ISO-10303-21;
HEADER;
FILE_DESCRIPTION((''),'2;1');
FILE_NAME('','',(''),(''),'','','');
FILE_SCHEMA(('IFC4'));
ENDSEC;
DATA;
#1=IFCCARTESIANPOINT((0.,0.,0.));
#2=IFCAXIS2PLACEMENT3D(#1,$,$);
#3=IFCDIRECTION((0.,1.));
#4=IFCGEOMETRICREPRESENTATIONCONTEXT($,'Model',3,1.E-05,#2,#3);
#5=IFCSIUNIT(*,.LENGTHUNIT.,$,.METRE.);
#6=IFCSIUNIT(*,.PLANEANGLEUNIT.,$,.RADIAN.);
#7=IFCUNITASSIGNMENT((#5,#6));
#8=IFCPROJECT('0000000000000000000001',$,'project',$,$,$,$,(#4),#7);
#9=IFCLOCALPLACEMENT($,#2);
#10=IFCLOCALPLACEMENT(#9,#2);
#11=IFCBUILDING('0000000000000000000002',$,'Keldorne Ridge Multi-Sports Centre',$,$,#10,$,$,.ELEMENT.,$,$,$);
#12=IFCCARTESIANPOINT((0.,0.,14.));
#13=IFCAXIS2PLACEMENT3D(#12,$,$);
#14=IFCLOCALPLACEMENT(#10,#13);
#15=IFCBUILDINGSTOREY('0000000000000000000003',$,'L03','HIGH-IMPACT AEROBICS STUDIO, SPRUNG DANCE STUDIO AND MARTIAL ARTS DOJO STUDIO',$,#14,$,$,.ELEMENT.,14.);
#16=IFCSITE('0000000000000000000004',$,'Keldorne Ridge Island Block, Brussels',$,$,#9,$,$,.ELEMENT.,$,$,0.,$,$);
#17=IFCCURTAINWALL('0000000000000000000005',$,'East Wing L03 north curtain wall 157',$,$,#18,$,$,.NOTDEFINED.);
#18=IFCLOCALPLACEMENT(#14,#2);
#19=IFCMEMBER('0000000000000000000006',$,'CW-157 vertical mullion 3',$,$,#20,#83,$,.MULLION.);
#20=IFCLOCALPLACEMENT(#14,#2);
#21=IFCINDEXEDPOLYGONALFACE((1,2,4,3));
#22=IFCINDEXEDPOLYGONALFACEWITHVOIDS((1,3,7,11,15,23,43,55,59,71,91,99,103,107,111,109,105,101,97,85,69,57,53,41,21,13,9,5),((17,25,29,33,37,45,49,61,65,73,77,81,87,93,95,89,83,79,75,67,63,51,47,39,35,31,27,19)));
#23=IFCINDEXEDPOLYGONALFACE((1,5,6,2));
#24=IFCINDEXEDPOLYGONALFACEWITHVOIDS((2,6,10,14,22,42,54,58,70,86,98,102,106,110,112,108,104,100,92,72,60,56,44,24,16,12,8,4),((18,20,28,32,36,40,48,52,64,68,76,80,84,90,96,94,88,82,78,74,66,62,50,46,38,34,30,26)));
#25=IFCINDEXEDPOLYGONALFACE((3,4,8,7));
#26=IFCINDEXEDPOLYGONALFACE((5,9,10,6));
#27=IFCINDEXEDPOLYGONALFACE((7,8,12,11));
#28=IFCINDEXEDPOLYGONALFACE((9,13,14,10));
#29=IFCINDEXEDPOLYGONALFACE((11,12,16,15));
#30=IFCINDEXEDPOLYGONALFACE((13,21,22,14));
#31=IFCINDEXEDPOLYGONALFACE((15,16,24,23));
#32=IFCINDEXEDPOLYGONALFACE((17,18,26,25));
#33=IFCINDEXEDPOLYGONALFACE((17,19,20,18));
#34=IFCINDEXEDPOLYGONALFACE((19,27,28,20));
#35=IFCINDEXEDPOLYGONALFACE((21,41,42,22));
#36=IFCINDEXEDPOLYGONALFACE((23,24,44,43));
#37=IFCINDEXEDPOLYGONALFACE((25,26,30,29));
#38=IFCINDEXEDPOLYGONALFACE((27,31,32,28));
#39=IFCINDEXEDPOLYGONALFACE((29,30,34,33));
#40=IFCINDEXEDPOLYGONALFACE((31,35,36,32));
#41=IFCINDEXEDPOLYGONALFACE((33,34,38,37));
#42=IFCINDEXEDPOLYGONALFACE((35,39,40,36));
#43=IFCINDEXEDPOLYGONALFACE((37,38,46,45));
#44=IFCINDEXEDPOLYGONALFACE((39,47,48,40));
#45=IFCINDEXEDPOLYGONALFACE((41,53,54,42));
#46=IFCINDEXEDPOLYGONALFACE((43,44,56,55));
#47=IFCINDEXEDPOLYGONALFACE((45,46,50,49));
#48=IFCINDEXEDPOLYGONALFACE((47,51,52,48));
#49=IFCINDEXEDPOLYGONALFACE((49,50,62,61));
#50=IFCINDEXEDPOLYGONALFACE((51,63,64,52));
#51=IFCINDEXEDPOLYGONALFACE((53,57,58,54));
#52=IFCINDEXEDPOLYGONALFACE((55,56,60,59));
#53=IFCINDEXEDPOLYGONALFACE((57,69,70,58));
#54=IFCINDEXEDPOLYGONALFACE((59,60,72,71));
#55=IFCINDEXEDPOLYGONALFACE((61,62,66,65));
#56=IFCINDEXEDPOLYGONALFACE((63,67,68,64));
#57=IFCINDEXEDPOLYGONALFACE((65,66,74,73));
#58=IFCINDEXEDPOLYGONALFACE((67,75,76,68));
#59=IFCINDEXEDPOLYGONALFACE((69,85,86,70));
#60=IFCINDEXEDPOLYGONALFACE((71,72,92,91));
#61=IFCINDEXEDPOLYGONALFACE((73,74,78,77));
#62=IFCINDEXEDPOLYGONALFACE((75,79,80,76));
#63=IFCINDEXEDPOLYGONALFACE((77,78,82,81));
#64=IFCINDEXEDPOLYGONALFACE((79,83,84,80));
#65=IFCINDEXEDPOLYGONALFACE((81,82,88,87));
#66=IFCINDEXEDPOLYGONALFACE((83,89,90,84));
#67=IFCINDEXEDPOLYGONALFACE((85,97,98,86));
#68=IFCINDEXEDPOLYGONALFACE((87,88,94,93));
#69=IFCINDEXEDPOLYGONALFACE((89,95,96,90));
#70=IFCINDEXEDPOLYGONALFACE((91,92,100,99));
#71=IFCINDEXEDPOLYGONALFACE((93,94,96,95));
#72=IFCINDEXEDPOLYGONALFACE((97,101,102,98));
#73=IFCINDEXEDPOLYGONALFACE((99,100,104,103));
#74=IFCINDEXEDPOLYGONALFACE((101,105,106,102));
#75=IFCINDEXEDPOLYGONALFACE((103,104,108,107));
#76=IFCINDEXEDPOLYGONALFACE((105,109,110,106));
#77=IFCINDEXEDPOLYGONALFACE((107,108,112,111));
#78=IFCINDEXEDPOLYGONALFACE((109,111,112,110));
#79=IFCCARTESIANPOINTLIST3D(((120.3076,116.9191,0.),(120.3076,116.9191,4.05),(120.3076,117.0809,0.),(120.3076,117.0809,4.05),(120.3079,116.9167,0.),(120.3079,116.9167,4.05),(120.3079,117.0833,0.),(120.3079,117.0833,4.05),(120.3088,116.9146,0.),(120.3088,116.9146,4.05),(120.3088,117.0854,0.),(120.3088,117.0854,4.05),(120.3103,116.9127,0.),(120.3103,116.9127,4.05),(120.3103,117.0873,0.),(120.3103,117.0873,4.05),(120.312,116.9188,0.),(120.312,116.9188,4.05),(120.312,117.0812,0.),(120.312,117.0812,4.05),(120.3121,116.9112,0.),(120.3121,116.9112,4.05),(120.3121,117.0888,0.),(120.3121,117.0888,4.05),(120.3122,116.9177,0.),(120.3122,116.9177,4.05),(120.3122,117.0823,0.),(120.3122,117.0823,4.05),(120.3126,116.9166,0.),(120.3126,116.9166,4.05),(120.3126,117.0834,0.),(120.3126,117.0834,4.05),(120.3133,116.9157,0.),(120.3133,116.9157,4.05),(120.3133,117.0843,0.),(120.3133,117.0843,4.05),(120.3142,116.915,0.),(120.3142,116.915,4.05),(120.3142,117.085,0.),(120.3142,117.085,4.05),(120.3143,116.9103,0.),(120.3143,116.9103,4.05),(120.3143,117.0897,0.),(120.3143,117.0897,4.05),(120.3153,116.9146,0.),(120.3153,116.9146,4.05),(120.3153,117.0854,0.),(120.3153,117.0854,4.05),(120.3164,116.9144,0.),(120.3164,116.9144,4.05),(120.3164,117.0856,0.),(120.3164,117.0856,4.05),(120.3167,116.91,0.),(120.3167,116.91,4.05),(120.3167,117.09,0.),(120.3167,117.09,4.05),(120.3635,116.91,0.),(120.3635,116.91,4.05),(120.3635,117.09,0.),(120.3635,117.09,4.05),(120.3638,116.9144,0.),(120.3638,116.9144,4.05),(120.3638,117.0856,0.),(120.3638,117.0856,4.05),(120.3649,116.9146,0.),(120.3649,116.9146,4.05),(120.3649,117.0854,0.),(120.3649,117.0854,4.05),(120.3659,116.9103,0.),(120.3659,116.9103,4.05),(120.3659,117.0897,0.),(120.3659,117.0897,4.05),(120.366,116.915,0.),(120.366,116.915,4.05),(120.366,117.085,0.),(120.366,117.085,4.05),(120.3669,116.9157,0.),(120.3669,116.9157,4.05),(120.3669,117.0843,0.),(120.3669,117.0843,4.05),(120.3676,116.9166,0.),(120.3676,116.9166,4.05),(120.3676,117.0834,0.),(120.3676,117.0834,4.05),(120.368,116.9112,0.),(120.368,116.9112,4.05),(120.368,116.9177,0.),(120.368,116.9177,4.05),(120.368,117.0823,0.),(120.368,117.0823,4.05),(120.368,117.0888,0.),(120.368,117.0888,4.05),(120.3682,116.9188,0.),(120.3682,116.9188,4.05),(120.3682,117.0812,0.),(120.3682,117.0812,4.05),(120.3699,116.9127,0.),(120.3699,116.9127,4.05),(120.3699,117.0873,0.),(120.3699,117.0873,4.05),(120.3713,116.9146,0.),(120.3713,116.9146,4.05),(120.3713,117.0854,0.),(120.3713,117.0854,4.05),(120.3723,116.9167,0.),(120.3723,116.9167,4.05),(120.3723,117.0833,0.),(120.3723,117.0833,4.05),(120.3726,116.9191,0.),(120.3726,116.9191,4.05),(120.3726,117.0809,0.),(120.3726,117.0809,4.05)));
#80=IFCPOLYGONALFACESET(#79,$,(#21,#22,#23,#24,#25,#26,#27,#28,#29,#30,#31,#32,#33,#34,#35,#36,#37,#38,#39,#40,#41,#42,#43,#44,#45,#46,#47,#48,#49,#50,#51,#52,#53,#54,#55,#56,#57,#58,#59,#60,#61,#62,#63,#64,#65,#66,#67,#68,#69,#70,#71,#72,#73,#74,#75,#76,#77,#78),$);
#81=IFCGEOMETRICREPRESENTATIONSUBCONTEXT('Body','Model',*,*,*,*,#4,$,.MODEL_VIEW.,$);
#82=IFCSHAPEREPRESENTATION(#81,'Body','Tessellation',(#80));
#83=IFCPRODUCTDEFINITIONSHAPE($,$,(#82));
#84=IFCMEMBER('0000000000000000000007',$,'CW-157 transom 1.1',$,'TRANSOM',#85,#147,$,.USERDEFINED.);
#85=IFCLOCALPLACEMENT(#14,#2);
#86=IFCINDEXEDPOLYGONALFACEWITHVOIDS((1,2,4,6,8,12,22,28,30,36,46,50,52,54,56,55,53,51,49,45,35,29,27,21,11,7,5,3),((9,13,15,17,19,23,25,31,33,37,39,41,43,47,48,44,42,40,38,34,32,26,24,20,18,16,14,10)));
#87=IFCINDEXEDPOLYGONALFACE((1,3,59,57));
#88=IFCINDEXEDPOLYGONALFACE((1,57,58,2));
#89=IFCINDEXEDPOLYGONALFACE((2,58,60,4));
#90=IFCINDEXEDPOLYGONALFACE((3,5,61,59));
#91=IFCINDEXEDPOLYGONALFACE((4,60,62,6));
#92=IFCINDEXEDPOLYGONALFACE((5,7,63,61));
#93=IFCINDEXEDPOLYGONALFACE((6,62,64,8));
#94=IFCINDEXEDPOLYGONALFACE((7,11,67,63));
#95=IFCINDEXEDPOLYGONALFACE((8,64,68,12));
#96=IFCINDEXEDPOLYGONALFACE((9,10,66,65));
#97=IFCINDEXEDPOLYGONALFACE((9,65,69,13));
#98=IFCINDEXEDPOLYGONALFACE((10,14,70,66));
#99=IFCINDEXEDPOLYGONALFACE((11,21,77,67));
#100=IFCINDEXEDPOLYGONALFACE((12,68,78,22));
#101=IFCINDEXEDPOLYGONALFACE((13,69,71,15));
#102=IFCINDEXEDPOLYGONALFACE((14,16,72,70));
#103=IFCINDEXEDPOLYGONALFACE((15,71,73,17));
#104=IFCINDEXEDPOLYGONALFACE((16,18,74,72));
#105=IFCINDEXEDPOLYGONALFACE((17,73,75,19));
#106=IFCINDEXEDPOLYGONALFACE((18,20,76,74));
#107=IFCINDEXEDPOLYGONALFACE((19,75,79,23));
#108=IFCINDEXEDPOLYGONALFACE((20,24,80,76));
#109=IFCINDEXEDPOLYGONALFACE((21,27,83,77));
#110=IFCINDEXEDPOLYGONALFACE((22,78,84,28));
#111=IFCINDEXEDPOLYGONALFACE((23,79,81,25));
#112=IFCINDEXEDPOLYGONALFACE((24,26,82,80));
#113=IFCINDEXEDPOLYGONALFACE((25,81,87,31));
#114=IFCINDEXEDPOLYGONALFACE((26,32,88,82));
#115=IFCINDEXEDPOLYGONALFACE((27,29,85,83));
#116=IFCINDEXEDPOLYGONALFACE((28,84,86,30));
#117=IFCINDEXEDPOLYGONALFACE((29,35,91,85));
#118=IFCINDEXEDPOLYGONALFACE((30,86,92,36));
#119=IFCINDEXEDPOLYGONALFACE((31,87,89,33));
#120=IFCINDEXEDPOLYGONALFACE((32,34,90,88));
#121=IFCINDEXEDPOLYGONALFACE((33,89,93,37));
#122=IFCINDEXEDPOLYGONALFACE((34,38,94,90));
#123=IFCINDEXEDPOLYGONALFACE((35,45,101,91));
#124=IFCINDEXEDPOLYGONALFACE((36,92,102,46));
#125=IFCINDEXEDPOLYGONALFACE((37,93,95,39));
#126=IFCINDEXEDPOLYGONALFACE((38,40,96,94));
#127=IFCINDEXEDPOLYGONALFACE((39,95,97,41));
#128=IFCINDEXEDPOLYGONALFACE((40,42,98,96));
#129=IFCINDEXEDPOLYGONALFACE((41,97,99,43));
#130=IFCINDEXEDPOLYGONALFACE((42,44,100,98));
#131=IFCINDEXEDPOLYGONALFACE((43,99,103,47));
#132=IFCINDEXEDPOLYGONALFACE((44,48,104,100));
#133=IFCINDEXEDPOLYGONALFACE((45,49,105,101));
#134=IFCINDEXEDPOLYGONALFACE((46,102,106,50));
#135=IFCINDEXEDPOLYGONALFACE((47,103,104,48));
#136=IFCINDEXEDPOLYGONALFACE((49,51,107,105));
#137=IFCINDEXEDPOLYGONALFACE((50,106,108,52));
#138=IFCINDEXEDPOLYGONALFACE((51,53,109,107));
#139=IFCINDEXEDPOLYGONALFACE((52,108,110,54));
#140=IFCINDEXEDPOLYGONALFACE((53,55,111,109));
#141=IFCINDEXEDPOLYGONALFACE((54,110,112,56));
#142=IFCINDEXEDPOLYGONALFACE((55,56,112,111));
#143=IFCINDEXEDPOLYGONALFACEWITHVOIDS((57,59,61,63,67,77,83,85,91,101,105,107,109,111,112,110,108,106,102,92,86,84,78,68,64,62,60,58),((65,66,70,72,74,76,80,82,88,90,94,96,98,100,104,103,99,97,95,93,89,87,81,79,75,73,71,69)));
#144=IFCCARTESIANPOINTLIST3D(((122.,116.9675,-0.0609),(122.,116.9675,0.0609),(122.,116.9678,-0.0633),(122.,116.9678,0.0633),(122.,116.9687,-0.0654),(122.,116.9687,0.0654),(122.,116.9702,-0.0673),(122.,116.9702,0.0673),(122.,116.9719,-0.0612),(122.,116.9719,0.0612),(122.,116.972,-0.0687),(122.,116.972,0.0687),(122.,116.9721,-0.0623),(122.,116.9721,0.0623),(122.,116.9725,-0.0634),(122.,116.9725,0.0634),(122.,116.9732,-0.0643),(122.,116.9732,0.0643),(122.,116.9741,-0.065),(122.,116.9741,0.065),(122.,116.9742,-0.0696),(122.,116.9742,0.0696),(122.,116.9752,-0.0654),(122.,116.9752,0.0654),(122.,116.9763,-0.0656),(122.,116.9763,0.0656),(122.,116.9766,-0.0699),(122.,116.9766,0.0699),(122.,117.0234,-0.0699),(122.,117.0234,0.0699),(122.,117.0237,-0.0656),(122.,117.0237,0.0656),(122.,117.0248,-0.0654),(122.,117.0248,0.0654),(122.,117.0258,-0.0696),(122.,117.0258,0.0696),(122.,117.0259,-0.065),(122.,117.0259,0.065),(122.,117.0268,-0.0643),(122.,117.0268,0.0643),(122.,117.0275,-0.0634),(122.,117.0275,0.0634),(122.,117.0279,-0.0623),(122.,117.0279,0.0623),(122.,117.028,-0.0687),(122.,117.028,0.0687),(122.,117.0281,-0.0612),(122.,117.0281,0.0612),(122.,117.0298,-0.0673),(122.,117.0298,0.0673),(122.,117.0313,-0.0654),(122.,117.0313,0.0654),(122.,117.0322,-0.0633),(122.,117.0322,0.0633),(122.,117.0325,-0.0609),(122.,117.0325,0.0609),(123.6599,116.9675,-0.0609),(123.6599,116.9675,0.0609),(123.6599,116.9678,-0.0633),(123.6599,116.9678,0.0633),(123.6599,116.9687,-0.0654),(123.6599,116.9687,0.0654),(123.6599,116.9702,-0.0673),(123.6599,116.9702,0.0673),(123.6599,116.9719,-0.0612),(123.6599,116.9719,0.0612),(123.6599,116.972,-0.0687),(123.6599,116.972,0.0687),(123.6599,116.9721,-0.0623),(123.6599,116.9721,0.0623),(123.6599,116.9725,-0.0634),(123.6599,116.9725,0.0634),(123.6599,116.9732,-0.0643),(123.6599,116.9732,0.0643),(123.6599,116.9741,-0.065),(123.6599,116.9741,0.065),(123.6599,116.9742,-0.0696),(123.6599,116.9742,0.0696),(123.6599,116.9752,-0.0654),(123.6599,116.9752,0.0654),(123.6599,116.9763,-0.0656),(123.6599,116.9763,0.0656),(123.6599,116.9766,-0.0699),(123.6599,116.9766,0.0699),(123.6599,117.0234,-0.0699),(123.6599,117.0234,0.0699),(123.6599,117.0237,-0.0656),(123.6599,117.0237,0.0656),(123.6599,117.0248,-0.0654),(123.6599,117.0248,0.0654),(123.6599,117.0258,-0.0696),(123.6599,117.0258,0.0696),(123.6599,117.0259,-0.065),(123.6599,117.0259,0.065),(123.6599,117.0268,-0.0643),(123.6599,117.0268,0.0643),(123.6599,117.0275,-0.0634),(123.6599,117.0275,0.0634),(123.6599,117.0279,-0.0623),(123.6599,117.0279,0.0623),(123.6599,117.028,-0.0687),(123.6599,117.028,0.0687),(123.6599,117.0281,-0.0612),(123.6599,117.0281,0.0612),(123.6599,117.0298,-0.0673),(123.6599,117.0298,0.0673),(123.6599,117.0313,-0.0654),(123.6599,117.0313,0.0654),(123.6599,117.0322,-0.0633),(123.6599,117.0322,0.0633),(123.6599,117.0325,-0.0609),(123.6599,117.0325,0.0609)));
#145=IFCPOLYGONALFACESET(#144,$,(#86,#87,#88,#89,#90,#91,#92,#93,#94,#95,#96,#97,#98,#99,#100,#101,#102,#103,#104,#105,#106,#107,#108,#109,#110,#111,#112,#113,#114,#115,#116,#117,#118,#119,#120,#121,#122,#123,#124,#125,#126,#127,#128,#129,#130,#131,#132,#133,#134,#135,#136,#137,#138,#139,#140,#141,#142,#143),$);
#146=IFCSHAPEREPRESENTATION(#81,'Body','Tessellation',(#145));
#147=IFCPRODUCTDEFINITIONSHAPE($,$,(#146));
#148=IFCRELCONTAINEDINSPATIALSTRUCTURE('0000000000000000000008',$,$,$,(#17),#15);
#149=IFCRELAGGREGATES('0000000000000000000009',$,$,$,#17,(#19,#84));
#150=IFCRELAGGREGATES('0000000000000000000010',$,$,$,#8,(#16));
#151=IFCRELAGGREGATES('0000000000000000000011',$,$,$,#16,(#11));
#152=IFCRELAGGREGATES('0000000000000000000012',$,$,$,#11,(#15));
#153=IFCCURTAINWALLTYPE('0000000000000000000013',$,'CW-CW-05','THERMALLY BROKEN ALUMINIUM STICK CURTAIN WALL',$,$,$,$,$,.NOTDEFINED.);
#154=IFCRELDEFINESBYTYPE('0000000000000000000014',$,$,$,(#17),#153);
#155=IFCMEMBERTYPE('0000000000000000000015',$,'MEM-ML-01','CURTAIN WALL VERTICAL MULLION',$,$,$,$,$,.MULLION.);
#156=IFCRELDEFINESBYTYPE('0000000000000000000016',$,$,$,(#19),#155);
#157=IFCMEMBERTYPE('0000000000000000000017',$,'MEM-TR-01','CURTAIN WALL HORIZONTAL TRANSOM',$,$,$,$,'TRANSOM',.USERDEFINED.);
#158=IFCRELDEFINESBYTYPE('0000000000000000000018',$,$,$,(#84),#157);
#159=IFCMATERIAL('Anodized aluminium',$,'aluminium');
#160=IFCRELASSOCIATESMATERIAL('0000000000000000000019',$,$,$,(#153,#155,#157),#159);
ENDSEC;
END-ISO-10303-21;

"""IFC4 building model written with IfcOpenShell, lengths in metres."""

from ifc_helpers import new_model, si_unit, direction, frame, origin, origin_2d, place, context, subcontext, project, spatial, hollow_rectangle, extrude, material, material_profile, profile_set, type_object, element, aggregate, save


model = new_model("IFC4")

# Units and contexts
model_context = context("Model", 3, precision=1e-05, world=origin(), true_north=direction((0.0, 1.0)))
body_context = subcontext(model_context, "Body", "Model", "MODEL_VIEW")
ifc_project = project(units=[si_unit("LENGTHUNIT", "METRE"), si_unit("PLANEANGLEUNIT", "RADIAN")], contexts=[model_context])

# Site, building, storey
site_placement = place(None, origin())
site = spatial("IfcSite", under=ifc_project, at=site_placement, Name="Keldorne Ridge Island Block, Brussels", CompositionType="ELEMENT", RefElevation=0.0)
building_placement = place(site_placement, origin())
building = spatial("IfcBuilding", under=site, at=building_placement, Name="Keldorne Ridge Multi-Sports Centre", CompositionType="ELEMENT")
storey_placement = place(building_placement, frame((0.0, 0.0, 14.0)))
storey = spatial("IfcBuildingStorey", under=building, at=storey_placement, Name="L03", Description="HIGH-IMPACT AEROBICS STUDIO, SPRUNG DANCE STUDIO AND MARTIAL ARTS DOJO STUDIO", CompositionType="ELEMENT", Elevation=14.0)

# Curtain wall, members
ifc_material_1 = material(Name="Anodized aluminium", Category="aluminium")
curtain_wall_type = type_object("IfcCurtainWallType", Name="CW-CW-05", Description="THERMALLY BROKEN ALUMINIUM STICK CURTAIN WALL", PredefinedType="NOTDEFINED", material=ifc_material_1)
curtain_wall_placement = place(storey_placement, origin())
curtain_wall = element("IfcCurtainWall", 1, at=curtain_wall_placement, inside=storey, type_object=curtain_wall_type, Name="East Wing L03 north curtain wall 157", PredefinedType="NOTDEFINED")
ifc_material_profile_1 = material_profile(ifc_material_1, hollow_rectangle(XDim=0.0649, YDim=0.1799, WallThickness=0.0044, InnerFilletRadius=0.0044, OuterFilletRadius=0.009, at=origin_2d()), Name="ALU MULLION 180x65x4.5")
ifc_profile_set_1 = profile_set([ifc_material_profile_1], Name="Anodized aluminium")
member_type_1 = type_object("IfcMemberType", Name="MEM-ML-01", Description="CURTAIN WALL VERTICAL MULLION", PredefinedType="MULLION", material=ifc_profile_set_1)
member_1_placement = place(storey_placement, frame((120.3401, 117.0, 0.0), z_axis=(0.0, 0.0, 1.0), x_axis=(1.0, 0.0, 0.0)))
member_1 = element("IfcMember", 2, at=member_1_placement, type_object=member_type_1, Name="CW-157 vertical mullion 3", PredefinedType="MULLION", context=body_context, shape_type="SweptSolid", body=[
    extrude(hollow_rectangle(XDim=0.0649, YDim=0.1799, WallThickness=0.0044, InnerFilletRadius=0.0044, OuterFilletRadius=0.009, at=origin_2d()), origin(), (0.0, 0.0, 1.0), 4.05),
])
ifc_material_profile_2 = material_profile(ifc_material_1, hollow_rectangle(XDim=0.0649, YDim=0.1399, WallThickness=0.0044, InnerFilletRadius=0.0044, OuterFilletRadius=0.009, at=origin_2d()), Name="ALU TRANSOM 140x65x4.5")
ifc_profile_set_2 = profile_set([ifc_material_profile_2], Name="Anodized aluminium")
member_type_2 = type_object("IfcMemberType", Name="MEM-TR-01", Description="CURTAIN WALL HORIZONTAL TRANSOM", ElementType="TRANSOM", PredefinedType="USERDEFINED", material=ifc_profile_set_2)
member_2_placement = place(storey_placement, frame((123.6599, 117.0, 0.0), z_axis=(-1.0, 0.0, 0.0), x_axis=(0.0, -1.0, 0.0)))
member_2 = element("IfcMember", 3, at=member_2_placement, type_object=member_type_2, Name="CW-157 transom 1.1", ObjectType="TRANSOM", PredefinedType="USERDEFINED", context=body_context, shape_type="SweptSolid", body=[
    extrude(hollow_rectangle(XDim=0.0649, YDim=0.1399, WallThickness=0.0044, InnerFilletRadius=0.0044, OuterFilletRadius=0.009, at=origin_2d()), origin(), (0.0, 0.0, 1.0), 1.6599),
])
aggregate(curtain_wall, [member_1, member_2])

save(model, "model.ifc")
